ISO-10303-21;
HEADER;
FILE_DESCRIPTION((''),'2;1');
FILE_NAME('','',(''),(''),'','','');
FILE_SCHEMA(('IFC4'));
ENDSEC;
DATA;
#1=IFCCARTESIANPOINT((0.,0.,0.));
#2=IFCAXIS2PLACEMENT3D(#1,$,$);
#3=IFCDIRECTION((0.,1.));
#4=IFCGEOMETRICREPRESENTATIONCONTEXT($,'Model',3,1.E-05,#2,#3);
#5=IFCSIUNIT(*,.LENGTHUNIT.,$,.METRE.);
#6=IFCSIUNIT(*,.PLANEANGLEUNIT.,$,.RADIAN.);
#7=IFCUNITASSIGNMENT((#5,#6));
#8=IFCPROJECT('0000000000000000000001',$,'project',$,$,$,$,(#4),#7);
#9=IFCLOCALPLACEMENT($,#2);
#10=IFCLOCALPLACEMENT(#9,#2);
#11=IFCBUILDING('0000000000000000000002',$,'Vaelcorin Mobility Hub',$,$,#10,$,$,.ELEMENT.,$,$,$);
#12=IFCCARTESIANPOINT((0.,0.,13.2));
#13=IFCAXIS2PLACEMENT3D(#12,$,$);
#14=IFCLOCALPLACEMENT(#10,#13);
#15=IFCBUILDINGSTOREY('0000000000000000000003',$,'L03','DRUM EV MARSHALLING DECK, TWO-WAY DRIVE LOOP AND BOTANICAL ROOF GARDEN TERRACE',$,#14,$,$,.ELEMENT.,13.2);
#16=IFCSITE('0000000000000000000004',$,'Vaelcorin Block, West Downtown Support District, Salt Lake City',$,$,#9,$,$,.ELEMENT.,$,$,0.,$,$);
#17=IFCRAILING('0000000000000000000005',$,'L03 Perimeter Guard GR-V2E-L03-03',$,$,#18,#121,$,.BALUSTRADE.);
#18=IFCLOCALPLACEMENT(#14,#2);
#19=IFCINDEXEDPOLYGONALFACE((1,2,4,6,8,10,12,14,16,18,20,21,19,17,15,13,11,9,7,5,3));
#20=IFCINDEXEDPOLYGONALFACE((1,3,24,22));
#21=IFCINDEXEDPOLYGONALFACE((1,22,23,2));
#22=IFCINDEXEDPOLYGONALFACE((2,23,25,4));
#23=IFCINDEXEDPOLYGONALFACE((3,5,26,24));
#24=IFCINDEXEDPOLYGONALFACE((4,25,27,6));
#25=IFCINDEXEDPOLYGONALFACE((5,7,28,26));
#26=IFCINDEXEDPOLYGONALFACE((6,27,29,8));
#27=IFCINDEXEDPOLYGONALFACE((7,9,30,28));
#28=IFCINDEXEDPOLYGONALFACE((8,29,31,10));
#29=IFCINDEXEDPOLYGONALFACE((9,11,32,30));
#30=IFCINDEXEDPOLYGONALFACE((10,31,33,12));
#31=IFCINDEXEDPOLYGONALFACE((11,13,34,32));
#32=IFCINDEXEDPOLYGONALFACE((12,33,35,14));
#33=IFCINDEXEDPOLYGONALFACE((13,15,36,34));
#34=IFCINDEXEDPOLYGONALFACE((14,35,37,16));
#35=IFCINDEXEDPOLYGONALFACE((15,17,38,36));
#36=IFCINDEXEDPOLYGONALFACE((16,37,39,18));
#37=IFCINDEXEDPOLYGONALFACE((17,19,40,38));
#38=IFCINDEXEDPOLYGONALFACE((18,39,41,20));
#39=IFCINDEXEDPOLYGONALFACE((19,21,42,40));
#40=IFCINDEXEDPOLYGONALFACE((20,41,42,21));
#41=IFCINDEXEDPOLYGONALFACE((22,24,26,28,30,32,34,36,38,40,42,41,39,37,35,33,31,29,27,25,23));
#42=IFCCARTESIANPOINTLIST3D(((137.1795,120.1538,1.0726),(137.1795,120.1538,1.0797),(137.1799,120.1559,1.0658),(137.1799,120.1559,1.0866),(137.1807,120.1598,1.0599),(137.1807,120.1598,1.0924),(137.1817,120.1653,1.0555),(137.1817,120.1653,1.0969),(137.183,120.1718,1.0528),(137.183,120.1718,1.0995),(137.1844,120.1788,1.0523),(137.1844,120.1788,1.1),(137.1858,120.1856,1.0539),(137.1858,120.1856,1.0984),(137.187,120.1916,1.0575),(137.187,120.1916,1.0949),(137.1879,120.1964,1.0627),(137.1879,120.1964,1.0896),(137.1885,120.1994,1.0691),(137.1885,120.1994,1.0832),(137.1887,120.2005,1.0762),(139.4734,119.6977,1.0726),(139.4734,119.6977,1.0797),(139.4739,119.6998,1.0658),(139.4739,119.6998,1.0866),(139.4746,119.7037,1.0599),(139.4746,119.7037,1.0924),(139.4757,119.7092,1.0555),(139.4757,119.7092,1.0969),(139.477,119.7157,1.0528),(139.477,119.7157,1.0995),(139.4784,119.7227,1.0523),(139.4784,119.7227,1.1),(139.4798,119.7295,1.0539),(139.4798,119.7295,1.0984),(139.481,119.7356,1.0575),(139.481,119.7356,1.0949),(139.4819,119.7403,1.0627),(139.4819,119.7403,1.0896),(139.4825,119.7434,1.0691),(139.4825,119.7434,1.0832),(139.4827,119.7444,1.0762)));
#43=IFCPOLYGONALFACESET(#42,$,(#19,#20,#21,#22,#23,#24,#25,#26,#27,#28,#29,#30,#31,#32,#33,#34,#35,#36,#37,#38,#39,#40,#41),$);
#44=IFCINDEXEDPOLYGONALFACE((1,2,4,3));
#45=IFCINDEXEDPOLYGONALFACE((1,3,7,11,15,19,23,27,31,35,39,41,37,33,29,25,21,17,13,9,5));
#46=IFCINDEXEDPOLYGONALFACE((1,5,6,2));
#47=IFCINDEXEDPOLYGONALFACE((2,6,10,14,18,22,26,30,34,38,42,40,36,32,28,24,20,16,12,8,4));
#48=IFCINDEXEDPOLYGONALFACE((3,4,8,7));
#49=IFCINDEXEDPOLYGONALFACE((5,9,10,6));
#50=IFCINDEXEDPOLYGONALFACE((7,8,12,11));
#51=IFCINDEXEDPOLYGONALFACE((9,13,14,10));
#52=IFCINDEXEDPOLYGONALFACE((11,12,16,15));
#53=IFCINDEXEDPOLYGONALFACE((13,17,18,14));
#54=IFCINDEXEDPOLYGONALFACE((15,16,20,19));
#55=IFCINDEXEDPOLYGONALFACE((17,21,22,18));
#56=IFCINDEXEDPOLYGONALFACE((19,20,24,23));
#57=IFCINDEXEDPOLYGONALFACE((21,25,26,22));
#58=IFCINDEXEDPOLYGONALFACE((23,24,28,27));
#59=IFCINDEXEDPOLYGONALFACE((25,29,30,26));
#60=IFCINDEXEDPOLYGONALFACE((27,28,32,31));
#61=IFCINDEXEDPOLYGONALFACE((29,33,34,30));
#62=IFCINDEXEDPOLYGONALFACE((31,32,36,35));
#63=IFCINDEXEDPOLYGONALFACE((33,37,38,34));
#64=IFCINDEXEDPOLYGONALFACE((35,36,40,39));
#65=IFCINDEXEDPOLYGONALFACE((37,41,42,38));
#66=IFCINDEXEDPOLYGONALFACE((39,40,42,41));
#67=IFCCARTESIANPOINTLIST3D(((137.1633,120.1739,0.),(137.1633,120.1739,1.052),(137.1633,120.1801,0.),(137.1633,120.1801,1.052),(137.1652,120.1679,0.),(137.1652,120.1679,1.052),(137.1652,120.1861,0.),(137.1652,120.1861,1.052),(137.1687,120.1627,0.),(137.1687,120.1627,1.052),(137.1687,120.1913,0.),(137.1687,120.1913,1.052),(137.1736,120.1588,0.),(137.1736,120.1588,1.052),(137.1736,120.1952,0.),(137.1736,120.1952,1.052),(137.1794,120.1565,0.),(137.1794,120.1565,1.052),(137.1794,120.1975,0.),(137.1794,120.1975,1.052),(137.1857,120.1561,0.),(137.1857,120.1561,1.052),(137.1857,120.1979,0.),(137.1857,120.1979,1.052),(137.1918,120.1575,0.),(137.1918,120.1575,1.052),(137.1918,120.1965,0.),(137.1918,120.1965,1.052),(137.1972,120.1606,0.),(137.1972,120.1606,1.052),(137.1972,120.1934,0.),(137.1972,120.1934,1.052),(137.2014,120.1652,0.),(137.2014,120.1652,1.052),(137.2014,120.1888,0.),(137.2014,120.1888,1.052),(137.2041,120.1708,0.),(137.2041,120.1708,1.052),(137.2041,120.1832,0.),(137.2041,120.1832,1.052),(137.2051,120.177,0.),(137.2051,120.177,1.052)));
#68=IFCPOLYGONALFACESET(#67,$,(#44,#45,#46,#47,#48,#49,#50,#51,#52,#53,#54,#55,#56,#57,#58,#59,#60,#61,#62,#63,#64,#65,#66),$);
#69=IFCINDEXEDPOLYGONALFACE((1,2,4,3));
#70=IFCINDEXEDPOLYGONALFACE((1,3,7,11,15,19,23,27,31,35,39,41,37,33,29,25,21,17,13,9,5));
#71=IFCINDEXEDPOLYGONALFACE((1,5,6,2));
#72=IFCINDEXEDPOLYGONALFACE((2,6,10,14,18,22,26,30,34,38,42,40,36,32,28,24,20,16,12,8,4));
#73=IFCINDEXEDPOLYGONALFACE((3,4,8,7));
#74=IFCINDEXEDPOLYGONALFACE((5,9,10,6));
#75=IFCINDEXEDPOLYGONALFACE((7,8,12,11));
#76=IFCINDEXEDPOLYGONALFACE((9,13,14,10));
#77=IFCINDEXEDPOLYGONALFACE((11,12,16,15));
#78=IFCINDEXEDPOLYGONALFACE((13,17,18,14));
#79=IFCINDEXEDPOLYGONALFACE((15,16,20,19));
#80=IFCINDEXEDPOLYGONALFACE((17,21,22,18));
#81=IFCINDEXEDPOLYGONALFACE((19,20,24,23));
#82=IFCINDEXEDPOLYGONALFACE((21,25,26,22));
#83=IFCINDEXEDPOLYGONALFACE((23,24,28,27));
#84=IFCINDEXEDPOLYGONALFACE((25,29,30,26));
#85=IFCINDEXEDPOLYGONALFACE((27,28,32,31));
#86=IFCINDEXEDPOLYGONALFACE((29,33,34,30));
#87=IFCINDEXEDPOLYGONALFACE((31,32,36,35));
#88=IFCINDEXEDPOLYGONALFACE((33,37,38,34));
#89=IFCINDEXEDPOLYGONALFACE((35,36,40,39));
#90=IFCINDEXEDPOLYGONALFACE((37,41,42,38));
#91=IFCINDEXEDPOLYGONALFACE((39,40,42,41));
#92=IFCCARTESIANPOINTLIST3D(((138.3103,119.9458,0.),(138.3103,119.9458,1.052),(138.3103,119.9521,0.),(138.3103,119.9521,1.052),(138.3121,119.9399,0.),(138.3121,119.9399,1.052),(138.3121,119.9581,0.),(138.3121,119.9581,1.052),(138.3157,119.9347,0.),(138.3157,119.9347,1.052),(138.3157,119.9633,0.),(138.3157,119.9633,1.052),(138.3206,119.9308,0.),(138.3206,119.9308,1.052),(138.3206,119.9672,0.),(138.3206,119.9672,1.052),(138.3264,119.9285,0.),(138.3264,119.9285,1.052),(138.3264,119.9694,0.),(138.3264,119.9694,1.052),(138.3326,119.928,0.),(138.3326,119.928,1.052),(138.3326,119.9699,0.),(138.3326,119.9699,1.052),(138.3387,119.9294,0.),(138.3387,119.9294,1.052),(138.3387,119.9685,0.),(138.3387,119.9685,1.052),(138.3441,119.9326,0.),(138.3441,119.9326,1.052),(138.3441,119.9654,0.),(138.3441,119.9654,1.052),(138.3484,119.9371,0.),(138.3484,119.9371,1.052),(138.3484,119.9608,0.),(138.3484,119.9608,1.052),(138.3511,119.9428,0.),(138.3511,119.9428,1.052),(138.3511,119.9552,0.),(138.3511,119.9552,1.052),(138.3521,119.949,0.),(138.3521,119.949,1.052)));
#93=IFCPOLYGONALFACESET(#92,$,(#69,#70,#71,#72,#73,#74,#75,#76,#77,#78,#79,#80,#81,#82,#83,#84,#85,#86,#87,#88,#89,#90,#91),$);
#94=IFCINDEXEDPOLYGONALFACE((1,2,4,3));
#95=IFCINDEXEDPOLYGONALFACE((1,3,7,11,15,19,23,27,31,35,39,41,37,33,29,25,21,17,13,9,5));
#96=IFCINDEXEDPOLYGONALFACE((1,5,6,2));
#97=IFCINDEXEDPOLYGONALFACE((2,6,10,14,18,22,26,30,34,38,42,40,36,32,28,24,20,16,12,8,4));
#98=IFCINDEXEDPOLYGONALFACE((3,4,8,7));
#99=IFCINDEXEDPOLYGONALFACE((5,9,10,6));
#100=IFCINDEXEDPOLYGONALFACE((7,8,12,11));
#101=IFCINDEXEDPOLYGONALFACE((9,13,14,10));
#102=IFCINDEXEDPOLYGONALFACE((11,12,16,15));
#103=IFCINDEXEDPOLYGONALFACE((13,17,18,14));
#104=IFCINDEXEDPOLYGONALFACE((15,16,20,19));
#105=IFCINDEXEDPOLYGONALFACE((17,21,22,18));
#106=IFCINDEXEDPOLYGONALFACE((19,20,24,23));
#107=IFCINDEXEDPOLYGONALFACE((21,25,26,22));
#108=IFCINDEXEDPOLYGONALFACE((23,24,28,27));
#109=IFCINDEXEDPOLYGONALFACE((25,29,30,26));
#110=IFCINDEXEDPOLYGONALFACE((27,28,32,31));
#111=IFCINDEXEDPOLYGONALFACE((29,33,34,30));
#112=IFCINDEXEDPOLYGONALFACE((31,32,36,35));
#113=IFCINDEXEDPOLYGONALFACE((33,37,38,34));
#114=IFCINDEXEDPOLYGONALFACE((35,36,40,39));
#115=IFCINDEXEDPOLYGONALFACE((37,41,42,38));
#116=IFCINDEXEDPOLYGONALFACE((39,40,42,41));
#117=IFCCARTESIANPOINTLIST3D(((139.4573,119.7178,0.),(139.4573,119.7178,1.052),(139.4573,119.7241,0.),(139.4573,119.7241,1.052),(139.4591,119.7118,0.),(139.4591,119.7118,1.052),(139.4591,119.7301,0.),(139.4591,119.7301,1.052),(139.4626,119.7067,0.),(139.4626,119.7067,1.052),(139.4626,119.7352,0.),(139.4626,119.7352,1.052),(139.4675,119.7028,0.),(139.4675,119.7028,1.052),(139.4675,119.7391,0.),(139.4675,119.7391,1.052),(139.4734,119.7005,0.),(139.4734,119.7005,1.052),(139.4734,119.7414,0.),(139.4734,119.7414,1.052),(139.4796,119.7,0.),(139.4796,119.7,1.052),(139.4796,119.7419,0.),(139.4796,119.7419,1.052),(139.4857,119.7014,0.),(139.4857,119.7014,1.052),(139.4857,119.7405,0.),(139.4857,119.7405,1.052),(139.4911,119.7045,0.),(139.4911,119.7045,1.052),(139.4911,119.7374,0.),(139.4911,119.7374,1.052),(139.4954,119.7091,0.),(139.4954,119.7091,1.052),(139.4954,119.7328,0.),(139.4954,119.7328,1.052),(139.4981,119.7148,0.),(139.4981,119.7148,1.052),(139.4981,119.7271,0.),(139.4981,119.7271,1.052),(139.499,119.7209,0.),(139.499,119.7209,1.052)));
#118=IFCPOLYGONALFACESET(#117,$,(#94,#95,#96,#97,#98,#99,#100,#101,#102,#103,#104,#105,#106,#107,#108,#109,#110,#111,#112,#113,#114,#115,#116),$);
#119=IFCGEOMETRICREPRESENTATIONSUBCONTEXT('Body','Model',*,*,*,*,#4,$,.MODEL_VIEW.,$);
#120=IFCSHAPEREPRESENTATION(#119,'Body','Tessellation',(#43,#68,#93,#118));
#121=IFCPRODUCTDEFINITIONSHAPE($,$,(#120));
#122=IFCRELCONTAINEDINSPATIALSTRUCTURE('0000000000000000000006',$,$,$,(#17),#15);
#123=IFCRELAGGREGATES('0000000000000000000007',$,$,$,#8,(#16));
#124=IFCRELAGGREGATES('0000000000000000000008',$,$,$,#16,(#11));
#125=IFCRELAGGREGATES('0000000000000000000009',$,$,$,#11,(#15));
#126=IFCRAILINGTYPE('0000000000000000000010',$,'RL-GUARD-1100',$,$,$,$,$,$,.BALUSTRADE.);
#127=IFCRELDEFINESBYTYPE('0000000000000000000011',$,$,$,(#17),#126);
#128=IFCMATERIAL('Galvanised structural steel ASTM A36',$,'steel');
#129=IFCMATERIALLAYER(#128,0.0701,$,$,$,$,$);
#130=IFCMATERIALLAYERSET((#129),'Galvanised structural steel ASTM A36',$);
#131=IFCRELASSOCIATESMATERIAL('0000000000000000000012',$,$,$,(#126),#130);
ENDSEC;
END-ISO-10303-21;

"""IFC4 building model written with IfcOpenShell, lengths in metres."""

from ifc_helpers import new_model, si_unit, direction, frame, origin, origin_2d, place, context, subcontext, project, spatial, circle, extrude, material, layer, layer_set, type_object, element, save


model = new_model("IFC4")

# Units and contexts
model_context = context("Model", 3, precision=1e-05, world=origin(), true_north=direction((0.0, 1.0)))
body_context = subcontext(model_context, "Body", "Model", "MODEL_VIEW")
ifc_project = project(units=[si_unit("LENGTHUNIT", "METRE"), si_unit("PLANEANGLEUNIT", "RADIAN")], contexts=[model_context])

# Site, building, storey
site_placement = place(None, origin())
site = spatial("IfcSite", under=ifc_project, at=site_placement, Name="Vaelcorin Block, West Downtown Support District, Salt Lake City", CompositionType="ELEMENT", RefElevation=0.0)
building_placement = place(site_placement, origin())
building = spatial("IfcBuilding", under=site, at=building_placement, Name="Vaelcorin Mobility Hub", CompositionType="ELEMENT")
storey_placement = place(building_placement, frame((0.0, 0.0, 13.2)))
storey = spatial("IfcBuildingStorey", under=building, at=storey_placement, Name="L03", Description="DRUM EV MARSHALLING DECK, TWO-WAY DRIVE LOOP AND BOTANICAL ROOF GARDEN TERRACE", CompositionType="ELEMENT", Elevation=13.2)

# Railing
ifc_material_1 = material(Name="Galvanised structural steel ASTM A36", Category="steel")
ifc_layer_1 = layer(ifc_material_1, 0.0701)
ifc_layer_set_1 = layer_set([ifc_layer_1], Name="Galvanised structural steel ASTM A36")
railing_type = type_object("IfcRailingType", Name="RL-GUARD-1100", PredefinedType="BALUSTRADE", material=ifc_layer_set_1)
railing_1_placement = place(storey_placement, frame((137.1841, 120.177, 0.0)))
element("IfcRailing", 1, at=railing_1_placement, inside=storey, type_object=railing_type, Name="L03 Perimeter Guard GR-V2E-L03-03", PredefinedType="BALUSTRADE", context=body_context, shape_type="SweptSolid", body=[
    extrude(circle(Radius=0.0239, at=origin_2d()), frame((0.0, 0.0, 1.0762), z_axis=(0.980805, -0.194992, 0.0), x_axis=(0.194992, 0.980805, 0.0)), (0.0, 0.0, 1.0), 2.3389),
    extrude(circle(Radius=0.021, at=origin_2d()), origin(), (0.0, 0.0, 1.0), 1.052),
    extrude(circle(Radius=0.021, at=origin_2d()), frame((1.147, -0.228, 0.0)), (0.0, 0.0, 1.0), 1.052),
    extrude(circle(Radius=0.021, at=origin_2d()), frame((2.2939, -0.4561, 0.0)), (0.0, 0.0, 1.0), 1.052),
])

save(model, "model.ifc")
